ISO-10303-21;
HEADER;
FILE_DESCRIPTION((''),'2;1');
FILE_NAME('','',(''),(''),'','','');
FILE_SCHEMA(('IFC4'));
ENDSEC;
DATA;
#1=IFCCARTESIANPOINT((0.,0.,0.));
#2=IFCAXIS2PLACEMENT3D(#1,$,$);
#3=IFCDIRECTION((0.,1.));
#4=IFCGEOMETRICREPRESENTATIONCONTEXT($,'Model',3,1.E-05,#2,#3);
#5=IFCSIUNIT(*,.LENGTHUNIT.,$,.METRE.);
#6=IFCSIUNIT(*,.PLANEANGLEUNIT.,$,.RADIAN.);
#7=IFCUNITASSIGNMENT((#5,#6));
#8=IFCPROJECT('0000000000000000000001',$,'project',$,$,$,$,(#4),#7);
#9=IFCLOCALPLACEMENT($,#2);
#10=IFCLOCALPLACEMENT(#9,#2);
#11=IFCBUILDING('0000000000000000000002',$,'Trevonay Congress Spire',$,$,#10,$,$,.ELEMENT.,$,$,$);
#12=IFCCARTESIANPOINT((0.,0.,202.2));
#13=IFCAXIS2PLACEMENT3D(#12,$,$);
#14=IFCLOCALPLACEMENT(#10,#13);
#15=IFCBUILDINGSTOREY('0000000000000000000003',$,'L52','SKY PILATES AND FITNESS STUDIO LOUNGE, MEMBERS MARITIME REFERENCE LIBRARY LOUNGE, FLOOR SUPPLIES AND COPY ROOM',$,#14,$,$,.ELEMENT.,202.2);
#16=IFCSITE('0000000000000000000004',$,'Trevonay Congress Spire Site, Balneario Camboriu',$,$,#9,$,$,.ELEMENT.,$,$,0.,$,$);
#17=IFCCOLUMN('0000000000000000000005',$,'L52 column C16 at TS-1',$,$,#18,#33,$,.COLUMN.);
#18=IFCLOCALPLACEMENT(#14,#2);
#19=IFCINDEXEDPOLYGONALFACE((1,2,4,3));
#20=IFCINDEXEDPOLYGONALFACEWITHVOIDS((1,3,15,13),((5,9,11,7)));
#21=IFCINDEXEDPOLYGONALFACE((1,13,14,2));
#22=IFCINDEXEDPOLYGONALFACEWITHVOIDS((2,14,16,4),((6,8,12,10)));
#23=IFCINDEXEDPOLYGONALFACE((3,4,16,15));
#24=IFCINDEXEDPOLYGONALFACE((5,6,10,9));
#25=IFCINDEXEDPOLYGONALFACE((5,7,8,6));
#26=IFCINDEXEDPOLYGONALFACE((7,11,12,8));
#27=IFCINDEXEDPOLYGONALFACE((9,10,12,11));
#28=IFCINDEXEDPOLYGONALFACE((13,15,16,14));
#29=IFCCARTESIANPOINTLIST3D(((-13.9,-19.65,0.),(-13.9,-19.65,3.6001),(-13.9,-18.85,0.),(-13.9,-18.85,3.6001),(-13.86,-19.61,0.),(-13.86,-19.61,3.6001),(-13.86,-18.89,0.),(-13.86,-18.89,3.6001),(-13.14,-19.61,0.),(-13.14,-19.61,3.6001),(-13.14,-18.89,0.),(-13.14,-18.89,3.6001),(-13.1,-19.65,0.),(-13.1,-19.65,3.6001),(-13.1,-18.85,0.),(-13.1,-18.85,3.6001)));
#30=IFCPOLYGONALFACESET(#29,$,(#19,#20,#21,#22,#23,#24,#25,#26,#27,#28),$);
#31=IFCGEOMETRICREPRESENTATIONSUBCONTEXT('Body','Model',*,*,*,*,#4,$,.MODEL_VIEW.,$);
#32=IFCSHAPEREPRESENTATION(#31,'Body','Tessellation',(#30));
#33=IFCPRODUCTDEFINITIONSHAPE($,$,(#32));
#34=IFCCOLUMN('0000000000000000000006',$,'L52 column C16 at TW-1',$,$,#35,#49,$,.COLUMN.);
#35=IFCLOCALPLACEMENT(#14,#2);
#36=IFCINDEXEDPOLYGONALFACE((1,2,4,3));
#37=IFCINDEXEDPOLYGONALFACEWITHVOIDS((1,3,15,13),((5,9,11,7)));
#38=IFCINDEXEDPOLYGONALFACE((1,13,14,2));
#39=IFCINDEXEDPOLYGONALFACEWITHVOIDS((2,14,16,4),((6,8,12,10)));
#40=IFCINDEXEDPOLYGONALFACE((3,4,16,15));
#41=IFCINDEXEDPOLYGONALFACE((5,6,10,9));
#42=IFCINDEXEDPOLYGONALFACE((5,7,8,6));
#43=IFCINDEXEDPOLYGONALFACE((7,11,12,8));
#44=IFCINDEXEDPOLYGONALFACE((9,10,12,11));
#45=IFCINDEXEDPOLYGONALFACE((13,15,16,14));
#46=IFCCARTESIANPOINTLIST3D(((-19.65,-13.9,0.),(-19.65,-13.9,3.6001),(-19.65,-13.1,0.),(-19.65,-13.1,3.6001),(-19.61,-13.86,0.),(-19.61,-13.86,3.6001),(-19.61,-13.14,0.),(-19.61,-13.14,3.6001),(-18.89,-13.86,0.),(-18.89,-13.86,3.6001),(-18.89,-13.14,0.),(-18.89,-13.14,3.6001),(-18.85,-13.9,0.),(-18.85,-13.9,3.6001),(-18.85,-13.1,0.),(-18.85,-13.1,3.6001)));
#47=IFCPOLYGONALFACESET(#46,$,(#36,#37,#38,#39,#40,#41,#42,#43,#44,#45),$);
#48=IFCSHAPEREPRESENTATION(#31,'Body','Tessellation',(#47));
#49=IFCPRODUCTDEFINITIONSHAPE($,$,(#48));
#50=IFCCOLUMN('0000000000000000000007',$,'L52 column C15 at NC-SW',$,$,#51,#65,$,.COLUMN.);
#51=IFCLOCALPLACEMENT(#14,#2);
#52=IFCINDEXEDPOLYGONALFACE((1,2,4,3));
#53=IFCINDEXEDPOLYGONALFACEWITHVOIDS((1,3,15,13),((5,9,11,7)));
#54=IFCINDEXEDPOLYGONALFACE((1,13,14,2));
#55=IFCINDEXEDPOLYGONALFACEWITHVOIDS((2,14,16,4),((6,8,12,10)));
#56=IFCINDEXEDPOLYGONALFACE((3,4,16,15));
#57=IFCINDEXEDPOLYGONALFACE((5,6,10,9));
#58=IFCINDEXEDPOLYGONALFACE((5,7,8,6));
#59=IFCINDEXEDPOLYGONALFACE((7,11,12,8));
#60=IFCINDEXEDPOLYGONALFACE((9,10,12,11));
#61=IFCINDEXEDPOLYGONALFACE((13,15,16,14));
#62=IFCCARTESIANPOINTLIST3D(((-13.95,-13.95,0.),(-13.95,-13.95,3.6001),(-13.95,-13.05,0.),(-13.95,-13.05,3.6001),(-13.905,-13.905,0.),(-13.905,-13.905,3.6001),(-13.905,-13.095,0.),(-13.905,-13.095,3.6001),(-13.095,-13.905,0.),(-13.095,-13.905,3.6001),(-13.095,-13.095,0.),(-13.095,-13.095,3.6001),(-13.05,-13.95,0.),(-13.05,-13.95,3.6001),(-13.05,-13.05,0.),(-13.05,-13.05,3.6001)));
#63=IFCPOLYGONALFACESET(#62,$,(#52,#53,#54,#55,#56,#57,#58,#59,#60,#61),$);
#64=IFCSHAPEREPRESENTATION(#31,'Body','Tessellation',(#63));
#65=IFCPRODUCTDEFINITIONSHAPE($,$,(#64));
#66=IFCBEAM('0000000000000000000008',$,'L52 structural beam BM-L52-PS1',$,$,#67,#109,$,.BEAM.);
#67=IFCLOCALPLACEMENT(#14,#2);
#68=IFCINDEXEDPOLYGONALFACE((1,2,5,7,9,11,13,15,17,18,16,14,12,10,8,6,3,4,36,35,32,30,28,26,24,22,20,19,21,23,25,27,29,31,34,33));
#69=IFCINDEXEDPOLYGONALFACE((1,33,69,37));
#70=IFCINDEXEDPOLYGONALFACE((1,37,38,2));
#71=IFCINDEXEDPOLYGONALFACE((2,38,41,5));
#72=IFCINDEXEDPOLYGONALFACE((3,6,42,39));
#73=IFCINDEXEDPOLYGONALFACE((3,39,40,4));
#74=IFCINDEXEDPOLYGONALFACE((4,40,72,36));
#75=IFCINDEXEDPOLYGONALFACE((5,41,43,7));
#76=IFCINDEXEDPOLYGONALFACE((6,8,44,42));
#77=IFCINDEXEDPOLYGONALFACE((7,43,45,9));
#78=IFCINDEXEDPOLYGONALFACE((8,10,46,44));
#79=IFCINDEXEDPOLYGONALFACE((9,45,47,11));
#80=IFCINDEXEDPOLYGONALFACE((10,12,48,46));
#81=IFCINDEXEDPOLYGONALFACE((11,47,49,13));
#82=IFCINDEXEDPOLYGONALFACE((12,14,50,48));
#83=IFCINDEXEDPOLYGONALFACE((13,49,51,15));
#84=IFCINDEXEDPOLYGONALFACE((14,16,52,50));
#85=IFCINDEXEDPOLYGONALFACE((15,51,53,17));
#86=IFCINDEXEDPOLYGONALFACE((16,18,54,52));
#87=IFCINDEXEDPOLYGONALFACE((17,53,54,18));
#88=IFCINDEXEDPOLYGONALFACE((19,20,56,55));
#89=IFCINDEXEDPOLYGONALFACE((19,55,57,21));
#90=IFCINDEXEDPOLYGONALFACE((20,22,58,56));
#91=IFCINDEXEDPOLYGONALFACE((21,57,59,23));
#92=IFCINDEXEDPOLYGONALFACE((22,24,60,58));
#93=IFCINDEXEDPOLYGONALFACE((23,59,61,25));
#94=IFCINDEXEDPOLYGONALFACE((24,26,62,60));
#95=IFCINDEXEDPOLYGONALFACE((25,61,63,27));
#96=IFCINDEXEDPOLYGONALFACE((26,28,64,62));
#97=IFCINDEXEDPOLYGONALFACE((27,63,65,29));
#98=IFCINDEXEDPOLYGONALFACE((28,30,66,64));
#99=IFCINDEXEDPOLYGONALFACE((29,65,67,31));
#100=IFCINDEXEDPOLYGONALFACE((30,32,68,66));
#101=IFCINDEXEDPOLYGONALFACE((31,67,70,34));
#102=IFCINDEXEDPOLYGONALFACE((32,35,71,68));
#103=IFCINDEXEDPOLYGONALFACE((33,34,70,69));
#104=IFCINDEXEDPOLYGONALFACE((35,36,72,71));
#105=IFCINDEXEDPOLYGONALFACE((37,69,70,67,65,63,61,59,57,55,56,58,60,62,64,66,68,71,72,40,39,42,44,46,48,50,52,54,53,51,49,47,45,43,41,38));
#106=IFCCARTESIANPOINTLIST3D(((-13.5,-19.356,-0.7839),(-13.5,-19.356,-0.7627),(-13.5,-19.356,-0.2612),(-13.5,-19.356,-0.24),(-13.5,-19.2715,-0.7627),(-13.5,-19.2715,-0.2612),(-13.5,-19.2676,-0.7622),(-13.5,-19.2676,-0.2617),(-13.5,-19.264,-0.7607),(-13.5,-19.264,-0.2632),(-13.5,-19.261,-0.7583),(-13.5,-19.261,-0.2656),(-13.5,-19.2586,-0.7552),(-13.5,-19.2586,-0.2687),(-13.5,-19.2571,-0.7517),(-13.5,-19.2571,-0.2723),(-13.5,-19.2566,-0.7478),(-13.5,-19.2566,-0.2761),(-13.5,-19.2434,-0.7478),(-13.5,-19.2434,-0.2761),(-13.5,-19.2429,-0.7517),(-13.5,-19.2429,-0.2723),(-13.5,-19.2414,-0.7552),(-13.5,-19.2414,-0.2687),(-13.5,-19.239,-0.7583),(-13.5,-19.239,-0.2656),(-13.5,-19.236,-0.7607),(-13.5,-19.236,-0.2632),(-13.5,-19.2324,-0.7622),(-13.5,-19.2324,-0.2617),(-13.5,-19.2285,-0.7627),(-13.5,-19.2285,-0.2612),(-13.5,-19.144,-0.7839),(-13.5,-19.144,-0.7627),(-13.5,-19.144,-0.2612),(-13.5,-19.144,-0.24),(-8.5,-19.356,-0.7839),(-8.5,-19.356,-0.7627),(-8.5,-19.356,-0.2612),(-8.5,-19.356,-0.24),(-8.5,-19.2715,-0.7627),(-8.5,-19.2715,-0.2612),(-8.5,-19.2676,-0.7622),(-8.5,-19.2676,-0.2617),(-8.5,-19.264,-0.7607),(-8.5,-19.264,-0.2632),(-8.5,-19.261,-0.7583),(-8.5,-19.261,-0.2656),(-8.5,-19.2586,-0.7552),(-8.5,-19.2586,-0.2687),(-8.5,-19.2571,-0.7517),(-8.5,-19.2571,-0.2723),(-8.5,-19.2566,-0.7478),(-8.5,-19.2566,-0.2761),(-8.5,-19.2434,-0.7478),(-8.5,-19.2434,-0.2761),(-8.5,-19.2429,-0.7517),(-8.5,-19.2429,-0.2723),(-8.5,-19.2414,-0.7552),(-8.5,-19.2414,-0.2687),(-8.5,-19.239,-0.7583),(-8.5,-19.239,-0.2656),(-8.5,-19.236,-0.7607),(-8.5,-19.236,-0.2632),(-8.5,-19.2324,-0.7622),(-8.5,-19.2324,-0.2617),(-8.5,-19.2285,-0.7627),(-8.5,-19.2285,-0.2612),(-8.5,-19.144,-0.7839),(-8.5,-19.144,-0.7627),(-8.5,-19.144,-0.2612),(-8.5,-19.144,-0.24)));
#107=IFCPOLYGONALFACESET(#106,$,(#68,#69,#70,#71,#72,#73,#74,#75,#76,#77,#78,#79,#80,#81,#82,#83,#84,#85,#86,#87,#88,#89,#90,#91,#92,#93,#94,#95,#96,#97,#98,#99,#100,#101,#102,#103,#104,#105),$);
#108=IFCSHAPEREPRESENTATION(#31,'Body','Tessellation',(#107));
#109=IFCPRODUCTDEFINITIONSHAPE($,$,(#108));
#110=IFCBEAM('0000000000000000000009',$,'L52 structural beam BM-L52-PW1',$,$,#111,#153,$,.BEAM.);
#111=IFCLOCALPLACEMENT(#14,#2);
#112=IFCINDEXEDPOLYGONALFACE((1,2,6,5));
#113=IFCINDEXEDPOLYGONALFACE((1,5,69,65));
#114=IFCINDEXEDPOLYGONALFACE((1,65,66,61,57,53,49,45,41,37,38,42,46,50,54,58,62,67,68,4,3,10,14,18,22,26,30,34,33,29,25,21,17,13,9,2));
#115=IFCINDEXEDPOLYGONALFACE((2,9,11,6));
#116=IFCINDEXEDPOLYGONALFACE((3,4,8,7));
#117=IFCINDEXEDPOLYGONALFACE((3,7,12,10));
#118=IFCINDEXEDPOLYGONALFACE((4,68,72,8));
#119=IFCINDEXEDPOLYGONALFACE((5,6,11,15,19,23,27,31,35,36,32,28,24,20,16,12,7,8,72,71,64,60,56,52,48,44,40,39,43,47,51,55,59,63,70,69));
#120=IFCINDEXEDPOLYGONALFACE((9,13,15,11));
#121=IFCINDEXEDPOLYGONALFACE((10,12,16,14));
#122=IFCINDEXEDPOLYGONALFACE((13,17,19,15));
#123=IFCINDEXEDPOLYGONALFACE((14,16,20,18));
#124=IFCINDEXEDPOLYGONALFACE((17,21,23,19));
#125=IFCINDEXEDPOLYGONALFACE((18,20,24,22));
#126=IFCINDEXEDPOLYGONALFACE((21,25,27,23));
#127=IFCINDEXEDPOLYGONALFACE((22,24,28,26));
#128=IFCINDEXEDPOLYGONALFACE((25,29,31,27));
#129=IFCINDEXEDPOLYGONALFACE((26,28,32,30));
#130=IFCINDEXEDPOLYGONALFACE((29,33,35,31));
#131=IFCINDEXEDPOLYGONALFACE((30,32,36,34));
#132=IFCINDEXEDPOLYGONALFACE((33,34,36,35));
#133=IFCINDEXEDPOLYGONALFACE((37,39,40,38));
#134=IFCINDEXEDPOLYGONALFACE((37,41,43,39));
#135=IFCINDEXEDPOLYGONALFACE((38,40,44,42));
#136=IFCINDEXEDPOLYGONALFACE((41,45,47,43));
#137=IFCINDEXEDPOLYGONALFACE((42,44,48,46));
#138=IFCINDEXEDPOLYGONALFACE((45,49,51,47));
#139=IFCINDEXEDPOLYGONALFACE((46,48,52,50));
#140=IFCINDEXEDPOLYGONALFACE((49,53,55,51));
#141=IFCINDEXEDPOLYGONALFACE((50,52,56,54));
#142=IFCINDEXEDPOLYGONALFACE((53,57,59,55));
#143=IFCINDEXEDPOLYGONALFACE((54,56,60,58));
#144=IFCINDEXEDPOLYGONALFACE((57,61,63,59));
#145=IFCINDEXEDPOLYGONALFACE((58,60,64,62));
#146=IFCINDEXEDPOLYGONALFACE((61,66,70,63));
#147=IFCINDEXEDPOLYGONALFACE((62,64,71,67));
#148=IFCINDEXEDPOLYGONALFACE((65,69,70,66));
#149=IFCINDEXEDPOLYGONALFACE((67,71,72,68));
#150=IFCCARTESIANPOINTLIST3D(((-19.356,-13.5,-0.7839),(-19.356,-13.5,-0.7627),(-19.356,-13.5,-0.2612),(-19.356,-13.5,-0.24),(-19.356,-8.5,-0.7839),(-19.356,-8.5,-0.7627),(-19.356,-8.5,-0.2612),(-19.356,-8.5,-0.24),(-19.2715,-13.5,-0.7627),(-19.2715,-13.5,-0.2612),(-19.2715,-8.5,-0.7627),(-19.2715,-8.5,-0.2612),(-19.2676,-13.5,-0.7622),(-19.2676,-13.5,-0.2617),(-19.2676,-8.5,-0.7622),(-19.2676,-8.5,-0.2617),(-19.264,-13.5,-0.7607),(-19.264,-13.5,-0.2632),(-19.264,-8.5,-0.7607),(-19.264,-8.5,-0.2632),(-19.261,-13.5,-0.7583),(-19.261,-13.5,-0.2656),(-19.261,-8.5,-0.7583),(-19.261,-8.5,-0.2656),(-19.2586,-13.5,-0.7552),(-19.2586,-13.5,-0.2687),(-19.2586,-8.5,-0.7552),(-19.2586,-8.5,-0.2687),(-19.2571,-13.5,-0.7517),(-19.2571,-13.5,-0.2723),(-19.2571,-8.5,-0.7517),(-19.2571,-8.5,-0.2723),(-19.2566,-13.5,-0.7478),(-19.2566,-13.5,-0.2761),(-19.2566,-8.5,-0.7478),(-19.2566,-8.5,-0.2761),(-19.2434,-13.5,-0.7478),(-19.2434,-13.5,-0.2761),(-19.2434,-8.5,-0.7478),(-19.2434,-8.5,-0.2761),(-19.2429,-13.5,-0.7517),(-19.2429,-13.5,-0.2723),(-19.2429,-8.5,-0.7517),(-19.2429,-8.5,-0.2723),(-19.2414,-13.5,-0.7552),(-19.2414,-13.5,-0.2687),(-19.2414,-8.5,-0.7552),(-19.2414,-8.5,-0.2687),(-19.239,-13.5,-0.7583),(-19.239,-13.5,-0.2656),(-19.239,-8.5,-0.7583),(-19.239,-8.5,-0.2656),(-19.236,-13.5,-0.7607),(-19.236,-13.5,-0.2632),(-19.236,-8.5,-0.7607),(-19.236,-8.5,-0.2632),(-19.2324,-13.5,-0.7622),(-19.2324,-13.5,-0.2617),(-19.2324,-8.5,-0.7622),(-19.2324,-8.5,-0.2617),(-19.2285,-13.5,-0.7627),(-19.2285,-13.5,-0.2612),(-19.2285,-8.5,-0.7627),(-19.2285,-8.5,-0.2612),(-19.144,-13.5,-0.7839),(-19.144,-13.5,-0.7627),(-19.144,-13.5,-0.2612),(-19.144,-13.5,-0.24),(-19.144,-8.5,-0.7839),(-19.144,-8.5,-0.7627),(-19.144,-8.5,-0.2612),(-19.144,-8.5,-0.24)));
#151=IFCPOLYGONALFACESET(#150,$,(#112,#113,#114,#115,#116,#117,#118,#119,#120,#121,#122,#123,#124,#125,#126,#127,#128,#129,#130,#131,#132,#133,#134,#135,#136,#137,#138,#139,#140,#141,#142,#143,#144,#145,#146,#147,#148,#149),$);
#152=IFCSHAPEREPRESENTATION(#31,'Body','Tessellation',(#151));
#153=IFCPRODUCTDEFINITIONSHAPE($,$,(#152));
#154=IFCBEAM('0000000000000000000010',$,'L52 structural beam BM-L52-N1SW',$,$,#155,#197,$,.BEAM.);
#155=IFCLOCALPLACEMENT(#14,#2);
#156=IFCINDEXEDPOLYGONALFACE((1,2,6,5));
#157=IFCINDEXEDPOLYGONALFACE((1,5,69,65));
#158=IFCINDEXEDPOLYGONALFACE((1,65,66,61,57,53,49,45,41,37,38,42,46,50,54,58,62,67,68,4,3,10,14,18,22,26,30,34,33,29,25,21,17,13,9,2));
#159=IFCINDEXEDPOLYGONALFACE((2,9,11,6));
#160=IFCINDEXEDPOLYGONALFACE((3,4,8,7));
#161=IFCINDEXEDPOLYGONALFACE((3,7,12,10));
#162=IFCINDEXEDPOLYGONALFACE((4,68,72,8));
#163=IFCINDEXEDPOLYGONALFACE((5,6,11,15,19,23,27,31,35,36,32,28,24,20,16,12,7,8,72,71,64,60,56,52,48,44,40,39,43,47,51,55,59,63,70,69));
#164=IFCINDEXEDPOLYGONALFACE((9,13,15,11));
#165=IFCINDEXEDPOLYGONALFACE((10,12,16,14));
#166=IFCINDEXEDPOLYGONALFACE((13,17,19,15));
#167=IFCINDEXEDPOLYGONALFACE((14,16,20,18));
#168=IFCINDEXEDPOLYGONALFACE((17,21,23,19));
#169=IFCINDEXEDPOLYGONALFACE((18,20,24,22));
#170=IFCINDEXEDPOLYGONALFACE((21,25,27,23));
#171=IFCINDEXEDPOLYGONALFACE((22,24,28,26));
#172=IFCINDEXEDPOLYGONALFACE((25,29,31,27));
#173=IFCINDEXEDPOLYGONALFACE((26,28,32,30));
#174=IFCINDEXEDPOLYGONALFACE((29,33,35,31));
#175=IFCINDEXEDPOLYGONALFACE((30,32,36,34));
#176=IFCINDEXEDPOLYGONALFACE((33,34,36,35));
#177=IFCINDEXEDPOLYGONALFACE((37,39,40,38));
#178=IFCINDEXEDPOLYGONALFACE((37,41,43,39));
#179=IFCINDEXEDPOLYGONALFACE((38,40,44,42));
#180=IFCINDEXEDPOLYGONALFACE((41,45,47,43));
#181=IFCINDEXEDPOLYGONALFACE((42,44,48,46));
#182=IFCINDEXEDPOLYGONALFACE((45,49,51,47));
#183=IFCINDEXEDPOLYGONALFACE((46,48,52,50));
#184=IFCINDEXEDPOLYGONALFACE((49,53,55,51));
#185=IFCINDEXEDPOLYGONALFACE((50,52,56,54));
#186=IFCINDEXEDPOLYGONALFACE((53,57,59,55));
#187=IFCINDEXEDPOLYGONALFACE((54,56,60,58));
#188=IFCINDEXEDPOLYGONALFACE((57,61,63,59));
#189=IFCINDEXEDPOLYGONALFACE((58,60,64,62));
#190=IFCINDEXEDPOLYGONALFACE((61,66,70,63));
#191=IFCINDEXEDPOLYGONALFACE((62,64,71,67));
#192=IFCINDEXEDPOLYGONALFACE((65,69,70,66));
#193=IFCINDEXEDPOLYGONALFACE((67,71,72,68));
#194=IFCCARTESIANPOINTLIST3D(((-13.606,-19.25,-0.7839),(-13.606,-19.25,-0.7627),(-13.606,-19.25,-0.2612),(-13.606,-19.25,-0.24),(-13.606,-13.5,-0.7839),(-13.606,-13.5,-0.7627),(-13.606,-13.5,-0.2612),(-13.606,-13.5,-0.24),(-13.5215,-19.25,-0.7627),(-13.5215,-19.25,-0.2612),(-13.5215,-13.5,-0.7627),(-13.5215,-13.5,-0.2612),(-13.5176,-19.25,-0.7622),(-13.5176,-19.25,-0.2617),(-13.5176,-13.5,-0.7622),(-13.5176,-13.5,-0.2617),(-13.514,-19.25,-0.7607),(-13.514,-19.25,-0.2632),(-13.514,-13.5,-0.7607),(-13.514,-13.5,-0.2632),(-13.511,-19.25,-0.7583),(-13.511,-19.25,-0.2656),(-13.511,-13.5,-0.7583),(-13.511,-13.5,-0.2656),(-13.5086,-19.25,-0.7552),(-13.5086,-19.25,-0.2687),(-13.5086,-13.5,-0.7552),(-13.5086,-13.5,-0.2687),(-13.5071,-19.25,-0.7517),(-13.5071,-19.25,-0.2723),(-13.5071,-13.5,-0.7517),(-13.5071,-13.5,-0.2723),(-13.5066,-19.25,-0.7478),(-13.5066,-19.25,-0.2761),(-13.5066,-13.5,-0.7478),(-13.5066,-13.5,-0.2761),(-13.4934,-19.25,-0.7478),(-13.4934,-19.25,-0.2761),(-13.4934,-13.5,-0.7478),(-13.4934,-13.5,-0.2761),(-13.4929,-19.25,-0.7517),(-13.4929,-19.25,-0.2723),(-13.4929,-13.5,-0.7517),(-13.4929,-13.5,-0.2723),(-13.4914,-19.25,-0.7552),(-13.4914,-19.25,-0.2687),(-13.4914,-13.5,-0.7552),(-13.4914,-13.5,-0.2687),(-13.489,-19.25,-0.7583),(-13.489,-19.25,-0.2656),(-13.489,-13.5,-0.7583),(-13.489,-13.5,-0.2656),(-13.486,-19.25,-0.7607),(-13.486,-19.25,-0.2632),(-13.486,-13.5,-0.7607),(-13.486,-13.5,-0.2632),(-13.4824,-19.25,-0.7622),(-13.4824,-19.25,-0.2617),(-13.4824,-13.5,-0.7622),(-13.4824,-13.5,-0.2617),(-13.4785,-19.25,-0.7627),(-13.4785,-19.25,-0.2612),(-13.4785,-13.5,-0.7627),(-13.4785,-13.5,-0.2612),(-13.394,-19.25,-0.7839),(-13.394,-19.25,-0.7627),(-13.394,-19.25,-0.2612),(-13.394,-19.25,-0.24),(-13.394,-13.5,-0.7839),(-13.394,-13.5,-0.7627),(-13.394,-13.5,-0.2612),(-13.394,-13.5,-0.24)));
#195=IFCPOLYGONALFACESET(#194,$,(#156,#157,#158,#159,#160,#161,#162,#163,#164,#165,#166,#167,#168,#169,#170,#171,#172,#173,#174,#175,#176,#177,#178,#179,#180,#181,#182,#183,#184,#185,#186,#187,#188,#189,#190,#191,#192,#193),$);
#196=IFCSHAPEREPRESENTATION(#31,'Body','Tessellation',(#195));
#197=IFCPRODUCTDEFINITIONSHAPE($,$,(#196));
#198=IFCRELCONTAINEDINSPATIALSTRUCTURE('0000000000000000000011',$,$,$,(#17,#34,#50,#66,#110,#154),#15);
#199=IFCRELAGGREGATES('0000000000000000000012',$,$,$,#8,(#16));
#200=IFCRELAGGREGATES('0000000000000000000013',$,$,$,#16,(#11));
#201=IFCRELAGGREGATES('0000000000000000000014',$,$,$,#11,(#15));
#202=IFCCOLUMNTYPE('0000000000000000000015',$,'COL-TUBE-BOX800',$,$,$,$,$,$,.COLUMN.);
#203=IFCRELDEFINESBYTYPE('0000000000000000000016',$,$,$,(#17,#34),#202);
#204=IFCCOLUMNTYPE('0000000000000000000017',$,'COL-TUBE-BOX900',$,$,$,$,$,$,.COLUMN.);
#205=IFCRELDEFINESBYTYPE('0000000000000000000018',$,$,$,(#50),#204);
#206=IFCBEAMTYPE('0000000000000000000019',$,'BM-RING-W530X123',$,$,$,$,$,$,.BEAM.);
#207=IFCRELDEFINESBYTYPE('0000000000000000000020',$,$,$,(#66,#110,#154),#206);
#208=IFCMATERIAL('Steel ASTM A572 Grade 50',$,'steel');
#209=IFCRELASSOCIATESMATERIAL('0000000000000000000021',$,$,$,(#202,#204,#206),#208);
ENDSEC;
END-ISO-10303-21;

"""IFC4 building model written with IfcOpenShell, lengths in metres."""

from ifc_helpers import new_model, si_unit, direction, frame, origin, origin_2d, place, context, subcontext, project, spatial, hollow_rectangle, i_section, extrude, material, material_profile, profile_set, type_object, element, save


model = new_model("IFC4")

# Units and contexts
model_context = context("Model", 3, precision=1e-05, world=origin(), true_north=direction((0.0, 1.0)))
body_context = subcontext(model_context, "Body", "Model", "MODEL_VIEW")
ifc_project = project(units=[si_unit("LENGTHUNIT", "METRE"), si_unit("PLANEANGLEUNIT", "RADIAN")], contexts=[model_context])

# Site, building, storey
site_placement = place(None, origin())
site = spatial("IfcSite", under=ifc_project, at=site_placement, Name="Trevonay Congress Spire Site, Balneario Camboriu", CompositionType="ELEMENT", RefElevation=0.0)
building_placement = place(site_placement, origin())
building = spatial("IfcBuilding", under=site, at=building_placement, Name="Trevonay Congress Spire", CompositionType="ELEMENT")
storey_placement = place(building_placement, frame((0.0, 0.0, 202.2)))
storey = spatial("IfcBuildingStorey", under=building, at=storey_placement, Name="L52", Description="SKY PILATES AND FITNESS STUDIO LOUNGE, MEMBERS MARITIME REFERENCE LIBRARY LOUNGE, FLOOR SUPPLIES AND COPY ROOM", CompositionType="ELEMENT", Elevation=202.2)

# Columns
ifc_material_1 = material(Name="Steel ASTM A572 Grade 50", Category="steel")
ifc_material_profile_1 = material_profile(ifc_material_1, hollow_rectangle(XDim=0.8, YDim=0.8, WallThickness=0.04, at=origin_2d()), Name="BOX 800x800x40")
ifc_profile_set_1 = profile_set([ifc_material_profile_1], Name="Steel ASTM A572 Grade 50")
column_type_1 = type_object("IfcColumnType", Name="COL-TUBE-BOX800", PredefinedType="COLUMN", material=ifc_profile_set_1)
for number, where, z_axis, x_axis, name in (
    (1, (-13.5, -19.25, 0.0), (0.0, 0.0, 1.0), (1.0, 0.0, 0.0), "L52 column C16 at TS-1"),
    (2, (-19.25, -13.5, 0.0), (0.0, 0.0, 1.0), (1.0, 0.0, 0.0), "L52 column C16 at TW-1"),
):
    element("IfcColumn", number, at=place(storey_placement, frame(where, z_axis=z_axis, x_axis=x_axis)), inside=storey, type_object=column_type_1, Name=name, PredefinedType="COLUMN", context=body_context, shape_type="SweptSolid", body=[
        extrude(hollow_rectangle(XDim=0.8, YDim=0.8, WallThickness=0.04, at=origin_2d()), origin(), (0.0, 0.0, 1.0), 3.6001),
    ])
ifc_material_profile_2 = material_profile(ifc_material_1, hollow_rectangle(XDim=0.8999, YDim=0.8999, WallThickness=0.0449, at=origin_2d()), Name="BOX 900x900x45")
ifc_profile_set_2 = profile_set([ifc_material_profile_2], Name="Steel ASTM A572 Grade 50")
column_type_2 = type_object("IfcColumnType", Name="COL-TUBE-BOX900", PredefinedType="COLUMN", material=ifc_profile_set_2)
column_placement = place(storey_placement, frame((-13.5, -13.5, 0.0), z_axis=(0.0, 0.0, 1.0), x_axis=(1.0, 0.0, 0.0)))
element("IfcColumn", 3, at=column_placement, inside=storey, type_object=column_type_2, Name="L52 column C15 at NC-SW", PredefinedType="COLUMN", context=body_context, shape_type="SweptSolid", body=[
    extrude(hollow_rectangle(XDim=0.8999, YDim=0.8999, WallThickness=0.0449, at=origin_2d()), origin(), (0.0, 0.0, 1.0), 3.6001),
])

# Beams
ifc_material_profile_3 = material_profile(ifc_material_1, i_section(OverallWidth=0.2119, OverallDepth=0.5439, WebThickness=0.0132, FlangeThickness=0.0212, FilletRadius=0.0149, at=origin_2d()), Name="W530x123")
ifc_profile_set_3 = profile_set([ifc_material_profile_3], Name="Steel ASTM A572 Grade 50")
beam_type = type_object("IfcBeamType", Name="BM-RING-W530X123", PredefinedType="BEAM", material=ifc_profile_set_3)
for number, where, z_axis, x_axis, name in (
    (4, (-13.5, -19.25, -0.512), (1.0, 0.0, 0.0), (0.0, 1.0, 0.0), "L52 structural beam BM-L52-PS1"),
    (5, (-19.25, -13.5, -0.512), (0.0, 1.0, 0.0), (-1.0, 0.0, 0.0), "L52 structural beam BM-L52-PW1"),
):
    element("IfcBeam", number, at=place(storey_placement, frame(where, z_axis=z_axis, x_axis=x_axis)), inside=storey, type_object=beam_type, Name=name, PredefinedType="BEAM", context=body_context, shape_type="SweptSolid", body=[
        extrude(i_section(OverallWidth=0.2119, OverallDepth=0.5439, WebThickness=0.0132, FlangeThickness=0.0212, FilletRadius=0.0149, at=origin_2d()), origin(), (0.0, 0.0, 1.0), 5.0),
    ])
for number, where, z_axis, x_axis, name in (
    (6, (-13.5, -19.25, -0.512), (0.0, 1.0, 0.0), (-1.0, 0.0, 0.0), "L52 structural beam BM-L52-N1SW"),
):
    element("IfcBeam", number, at=place(storey_placement, frame(where, z_axis=z_axis, x_axis=x_axis)), inside=storey, type_object=beam_type, Name=name, PredefinedType="BEAM", context=body_context, shape_type="SweptSolid", body=[
        extrude(i_section(OverallWidth=0.2119, OverallDepth=0.5439, WebThickness=0.0132, FlangeThickness=0.0212, FilletRadius=0.0149, at=origin_2d()), origin(), (0.0, 0.0, 1.0), 5.75),
    ])

save(model, "model.ifc")
